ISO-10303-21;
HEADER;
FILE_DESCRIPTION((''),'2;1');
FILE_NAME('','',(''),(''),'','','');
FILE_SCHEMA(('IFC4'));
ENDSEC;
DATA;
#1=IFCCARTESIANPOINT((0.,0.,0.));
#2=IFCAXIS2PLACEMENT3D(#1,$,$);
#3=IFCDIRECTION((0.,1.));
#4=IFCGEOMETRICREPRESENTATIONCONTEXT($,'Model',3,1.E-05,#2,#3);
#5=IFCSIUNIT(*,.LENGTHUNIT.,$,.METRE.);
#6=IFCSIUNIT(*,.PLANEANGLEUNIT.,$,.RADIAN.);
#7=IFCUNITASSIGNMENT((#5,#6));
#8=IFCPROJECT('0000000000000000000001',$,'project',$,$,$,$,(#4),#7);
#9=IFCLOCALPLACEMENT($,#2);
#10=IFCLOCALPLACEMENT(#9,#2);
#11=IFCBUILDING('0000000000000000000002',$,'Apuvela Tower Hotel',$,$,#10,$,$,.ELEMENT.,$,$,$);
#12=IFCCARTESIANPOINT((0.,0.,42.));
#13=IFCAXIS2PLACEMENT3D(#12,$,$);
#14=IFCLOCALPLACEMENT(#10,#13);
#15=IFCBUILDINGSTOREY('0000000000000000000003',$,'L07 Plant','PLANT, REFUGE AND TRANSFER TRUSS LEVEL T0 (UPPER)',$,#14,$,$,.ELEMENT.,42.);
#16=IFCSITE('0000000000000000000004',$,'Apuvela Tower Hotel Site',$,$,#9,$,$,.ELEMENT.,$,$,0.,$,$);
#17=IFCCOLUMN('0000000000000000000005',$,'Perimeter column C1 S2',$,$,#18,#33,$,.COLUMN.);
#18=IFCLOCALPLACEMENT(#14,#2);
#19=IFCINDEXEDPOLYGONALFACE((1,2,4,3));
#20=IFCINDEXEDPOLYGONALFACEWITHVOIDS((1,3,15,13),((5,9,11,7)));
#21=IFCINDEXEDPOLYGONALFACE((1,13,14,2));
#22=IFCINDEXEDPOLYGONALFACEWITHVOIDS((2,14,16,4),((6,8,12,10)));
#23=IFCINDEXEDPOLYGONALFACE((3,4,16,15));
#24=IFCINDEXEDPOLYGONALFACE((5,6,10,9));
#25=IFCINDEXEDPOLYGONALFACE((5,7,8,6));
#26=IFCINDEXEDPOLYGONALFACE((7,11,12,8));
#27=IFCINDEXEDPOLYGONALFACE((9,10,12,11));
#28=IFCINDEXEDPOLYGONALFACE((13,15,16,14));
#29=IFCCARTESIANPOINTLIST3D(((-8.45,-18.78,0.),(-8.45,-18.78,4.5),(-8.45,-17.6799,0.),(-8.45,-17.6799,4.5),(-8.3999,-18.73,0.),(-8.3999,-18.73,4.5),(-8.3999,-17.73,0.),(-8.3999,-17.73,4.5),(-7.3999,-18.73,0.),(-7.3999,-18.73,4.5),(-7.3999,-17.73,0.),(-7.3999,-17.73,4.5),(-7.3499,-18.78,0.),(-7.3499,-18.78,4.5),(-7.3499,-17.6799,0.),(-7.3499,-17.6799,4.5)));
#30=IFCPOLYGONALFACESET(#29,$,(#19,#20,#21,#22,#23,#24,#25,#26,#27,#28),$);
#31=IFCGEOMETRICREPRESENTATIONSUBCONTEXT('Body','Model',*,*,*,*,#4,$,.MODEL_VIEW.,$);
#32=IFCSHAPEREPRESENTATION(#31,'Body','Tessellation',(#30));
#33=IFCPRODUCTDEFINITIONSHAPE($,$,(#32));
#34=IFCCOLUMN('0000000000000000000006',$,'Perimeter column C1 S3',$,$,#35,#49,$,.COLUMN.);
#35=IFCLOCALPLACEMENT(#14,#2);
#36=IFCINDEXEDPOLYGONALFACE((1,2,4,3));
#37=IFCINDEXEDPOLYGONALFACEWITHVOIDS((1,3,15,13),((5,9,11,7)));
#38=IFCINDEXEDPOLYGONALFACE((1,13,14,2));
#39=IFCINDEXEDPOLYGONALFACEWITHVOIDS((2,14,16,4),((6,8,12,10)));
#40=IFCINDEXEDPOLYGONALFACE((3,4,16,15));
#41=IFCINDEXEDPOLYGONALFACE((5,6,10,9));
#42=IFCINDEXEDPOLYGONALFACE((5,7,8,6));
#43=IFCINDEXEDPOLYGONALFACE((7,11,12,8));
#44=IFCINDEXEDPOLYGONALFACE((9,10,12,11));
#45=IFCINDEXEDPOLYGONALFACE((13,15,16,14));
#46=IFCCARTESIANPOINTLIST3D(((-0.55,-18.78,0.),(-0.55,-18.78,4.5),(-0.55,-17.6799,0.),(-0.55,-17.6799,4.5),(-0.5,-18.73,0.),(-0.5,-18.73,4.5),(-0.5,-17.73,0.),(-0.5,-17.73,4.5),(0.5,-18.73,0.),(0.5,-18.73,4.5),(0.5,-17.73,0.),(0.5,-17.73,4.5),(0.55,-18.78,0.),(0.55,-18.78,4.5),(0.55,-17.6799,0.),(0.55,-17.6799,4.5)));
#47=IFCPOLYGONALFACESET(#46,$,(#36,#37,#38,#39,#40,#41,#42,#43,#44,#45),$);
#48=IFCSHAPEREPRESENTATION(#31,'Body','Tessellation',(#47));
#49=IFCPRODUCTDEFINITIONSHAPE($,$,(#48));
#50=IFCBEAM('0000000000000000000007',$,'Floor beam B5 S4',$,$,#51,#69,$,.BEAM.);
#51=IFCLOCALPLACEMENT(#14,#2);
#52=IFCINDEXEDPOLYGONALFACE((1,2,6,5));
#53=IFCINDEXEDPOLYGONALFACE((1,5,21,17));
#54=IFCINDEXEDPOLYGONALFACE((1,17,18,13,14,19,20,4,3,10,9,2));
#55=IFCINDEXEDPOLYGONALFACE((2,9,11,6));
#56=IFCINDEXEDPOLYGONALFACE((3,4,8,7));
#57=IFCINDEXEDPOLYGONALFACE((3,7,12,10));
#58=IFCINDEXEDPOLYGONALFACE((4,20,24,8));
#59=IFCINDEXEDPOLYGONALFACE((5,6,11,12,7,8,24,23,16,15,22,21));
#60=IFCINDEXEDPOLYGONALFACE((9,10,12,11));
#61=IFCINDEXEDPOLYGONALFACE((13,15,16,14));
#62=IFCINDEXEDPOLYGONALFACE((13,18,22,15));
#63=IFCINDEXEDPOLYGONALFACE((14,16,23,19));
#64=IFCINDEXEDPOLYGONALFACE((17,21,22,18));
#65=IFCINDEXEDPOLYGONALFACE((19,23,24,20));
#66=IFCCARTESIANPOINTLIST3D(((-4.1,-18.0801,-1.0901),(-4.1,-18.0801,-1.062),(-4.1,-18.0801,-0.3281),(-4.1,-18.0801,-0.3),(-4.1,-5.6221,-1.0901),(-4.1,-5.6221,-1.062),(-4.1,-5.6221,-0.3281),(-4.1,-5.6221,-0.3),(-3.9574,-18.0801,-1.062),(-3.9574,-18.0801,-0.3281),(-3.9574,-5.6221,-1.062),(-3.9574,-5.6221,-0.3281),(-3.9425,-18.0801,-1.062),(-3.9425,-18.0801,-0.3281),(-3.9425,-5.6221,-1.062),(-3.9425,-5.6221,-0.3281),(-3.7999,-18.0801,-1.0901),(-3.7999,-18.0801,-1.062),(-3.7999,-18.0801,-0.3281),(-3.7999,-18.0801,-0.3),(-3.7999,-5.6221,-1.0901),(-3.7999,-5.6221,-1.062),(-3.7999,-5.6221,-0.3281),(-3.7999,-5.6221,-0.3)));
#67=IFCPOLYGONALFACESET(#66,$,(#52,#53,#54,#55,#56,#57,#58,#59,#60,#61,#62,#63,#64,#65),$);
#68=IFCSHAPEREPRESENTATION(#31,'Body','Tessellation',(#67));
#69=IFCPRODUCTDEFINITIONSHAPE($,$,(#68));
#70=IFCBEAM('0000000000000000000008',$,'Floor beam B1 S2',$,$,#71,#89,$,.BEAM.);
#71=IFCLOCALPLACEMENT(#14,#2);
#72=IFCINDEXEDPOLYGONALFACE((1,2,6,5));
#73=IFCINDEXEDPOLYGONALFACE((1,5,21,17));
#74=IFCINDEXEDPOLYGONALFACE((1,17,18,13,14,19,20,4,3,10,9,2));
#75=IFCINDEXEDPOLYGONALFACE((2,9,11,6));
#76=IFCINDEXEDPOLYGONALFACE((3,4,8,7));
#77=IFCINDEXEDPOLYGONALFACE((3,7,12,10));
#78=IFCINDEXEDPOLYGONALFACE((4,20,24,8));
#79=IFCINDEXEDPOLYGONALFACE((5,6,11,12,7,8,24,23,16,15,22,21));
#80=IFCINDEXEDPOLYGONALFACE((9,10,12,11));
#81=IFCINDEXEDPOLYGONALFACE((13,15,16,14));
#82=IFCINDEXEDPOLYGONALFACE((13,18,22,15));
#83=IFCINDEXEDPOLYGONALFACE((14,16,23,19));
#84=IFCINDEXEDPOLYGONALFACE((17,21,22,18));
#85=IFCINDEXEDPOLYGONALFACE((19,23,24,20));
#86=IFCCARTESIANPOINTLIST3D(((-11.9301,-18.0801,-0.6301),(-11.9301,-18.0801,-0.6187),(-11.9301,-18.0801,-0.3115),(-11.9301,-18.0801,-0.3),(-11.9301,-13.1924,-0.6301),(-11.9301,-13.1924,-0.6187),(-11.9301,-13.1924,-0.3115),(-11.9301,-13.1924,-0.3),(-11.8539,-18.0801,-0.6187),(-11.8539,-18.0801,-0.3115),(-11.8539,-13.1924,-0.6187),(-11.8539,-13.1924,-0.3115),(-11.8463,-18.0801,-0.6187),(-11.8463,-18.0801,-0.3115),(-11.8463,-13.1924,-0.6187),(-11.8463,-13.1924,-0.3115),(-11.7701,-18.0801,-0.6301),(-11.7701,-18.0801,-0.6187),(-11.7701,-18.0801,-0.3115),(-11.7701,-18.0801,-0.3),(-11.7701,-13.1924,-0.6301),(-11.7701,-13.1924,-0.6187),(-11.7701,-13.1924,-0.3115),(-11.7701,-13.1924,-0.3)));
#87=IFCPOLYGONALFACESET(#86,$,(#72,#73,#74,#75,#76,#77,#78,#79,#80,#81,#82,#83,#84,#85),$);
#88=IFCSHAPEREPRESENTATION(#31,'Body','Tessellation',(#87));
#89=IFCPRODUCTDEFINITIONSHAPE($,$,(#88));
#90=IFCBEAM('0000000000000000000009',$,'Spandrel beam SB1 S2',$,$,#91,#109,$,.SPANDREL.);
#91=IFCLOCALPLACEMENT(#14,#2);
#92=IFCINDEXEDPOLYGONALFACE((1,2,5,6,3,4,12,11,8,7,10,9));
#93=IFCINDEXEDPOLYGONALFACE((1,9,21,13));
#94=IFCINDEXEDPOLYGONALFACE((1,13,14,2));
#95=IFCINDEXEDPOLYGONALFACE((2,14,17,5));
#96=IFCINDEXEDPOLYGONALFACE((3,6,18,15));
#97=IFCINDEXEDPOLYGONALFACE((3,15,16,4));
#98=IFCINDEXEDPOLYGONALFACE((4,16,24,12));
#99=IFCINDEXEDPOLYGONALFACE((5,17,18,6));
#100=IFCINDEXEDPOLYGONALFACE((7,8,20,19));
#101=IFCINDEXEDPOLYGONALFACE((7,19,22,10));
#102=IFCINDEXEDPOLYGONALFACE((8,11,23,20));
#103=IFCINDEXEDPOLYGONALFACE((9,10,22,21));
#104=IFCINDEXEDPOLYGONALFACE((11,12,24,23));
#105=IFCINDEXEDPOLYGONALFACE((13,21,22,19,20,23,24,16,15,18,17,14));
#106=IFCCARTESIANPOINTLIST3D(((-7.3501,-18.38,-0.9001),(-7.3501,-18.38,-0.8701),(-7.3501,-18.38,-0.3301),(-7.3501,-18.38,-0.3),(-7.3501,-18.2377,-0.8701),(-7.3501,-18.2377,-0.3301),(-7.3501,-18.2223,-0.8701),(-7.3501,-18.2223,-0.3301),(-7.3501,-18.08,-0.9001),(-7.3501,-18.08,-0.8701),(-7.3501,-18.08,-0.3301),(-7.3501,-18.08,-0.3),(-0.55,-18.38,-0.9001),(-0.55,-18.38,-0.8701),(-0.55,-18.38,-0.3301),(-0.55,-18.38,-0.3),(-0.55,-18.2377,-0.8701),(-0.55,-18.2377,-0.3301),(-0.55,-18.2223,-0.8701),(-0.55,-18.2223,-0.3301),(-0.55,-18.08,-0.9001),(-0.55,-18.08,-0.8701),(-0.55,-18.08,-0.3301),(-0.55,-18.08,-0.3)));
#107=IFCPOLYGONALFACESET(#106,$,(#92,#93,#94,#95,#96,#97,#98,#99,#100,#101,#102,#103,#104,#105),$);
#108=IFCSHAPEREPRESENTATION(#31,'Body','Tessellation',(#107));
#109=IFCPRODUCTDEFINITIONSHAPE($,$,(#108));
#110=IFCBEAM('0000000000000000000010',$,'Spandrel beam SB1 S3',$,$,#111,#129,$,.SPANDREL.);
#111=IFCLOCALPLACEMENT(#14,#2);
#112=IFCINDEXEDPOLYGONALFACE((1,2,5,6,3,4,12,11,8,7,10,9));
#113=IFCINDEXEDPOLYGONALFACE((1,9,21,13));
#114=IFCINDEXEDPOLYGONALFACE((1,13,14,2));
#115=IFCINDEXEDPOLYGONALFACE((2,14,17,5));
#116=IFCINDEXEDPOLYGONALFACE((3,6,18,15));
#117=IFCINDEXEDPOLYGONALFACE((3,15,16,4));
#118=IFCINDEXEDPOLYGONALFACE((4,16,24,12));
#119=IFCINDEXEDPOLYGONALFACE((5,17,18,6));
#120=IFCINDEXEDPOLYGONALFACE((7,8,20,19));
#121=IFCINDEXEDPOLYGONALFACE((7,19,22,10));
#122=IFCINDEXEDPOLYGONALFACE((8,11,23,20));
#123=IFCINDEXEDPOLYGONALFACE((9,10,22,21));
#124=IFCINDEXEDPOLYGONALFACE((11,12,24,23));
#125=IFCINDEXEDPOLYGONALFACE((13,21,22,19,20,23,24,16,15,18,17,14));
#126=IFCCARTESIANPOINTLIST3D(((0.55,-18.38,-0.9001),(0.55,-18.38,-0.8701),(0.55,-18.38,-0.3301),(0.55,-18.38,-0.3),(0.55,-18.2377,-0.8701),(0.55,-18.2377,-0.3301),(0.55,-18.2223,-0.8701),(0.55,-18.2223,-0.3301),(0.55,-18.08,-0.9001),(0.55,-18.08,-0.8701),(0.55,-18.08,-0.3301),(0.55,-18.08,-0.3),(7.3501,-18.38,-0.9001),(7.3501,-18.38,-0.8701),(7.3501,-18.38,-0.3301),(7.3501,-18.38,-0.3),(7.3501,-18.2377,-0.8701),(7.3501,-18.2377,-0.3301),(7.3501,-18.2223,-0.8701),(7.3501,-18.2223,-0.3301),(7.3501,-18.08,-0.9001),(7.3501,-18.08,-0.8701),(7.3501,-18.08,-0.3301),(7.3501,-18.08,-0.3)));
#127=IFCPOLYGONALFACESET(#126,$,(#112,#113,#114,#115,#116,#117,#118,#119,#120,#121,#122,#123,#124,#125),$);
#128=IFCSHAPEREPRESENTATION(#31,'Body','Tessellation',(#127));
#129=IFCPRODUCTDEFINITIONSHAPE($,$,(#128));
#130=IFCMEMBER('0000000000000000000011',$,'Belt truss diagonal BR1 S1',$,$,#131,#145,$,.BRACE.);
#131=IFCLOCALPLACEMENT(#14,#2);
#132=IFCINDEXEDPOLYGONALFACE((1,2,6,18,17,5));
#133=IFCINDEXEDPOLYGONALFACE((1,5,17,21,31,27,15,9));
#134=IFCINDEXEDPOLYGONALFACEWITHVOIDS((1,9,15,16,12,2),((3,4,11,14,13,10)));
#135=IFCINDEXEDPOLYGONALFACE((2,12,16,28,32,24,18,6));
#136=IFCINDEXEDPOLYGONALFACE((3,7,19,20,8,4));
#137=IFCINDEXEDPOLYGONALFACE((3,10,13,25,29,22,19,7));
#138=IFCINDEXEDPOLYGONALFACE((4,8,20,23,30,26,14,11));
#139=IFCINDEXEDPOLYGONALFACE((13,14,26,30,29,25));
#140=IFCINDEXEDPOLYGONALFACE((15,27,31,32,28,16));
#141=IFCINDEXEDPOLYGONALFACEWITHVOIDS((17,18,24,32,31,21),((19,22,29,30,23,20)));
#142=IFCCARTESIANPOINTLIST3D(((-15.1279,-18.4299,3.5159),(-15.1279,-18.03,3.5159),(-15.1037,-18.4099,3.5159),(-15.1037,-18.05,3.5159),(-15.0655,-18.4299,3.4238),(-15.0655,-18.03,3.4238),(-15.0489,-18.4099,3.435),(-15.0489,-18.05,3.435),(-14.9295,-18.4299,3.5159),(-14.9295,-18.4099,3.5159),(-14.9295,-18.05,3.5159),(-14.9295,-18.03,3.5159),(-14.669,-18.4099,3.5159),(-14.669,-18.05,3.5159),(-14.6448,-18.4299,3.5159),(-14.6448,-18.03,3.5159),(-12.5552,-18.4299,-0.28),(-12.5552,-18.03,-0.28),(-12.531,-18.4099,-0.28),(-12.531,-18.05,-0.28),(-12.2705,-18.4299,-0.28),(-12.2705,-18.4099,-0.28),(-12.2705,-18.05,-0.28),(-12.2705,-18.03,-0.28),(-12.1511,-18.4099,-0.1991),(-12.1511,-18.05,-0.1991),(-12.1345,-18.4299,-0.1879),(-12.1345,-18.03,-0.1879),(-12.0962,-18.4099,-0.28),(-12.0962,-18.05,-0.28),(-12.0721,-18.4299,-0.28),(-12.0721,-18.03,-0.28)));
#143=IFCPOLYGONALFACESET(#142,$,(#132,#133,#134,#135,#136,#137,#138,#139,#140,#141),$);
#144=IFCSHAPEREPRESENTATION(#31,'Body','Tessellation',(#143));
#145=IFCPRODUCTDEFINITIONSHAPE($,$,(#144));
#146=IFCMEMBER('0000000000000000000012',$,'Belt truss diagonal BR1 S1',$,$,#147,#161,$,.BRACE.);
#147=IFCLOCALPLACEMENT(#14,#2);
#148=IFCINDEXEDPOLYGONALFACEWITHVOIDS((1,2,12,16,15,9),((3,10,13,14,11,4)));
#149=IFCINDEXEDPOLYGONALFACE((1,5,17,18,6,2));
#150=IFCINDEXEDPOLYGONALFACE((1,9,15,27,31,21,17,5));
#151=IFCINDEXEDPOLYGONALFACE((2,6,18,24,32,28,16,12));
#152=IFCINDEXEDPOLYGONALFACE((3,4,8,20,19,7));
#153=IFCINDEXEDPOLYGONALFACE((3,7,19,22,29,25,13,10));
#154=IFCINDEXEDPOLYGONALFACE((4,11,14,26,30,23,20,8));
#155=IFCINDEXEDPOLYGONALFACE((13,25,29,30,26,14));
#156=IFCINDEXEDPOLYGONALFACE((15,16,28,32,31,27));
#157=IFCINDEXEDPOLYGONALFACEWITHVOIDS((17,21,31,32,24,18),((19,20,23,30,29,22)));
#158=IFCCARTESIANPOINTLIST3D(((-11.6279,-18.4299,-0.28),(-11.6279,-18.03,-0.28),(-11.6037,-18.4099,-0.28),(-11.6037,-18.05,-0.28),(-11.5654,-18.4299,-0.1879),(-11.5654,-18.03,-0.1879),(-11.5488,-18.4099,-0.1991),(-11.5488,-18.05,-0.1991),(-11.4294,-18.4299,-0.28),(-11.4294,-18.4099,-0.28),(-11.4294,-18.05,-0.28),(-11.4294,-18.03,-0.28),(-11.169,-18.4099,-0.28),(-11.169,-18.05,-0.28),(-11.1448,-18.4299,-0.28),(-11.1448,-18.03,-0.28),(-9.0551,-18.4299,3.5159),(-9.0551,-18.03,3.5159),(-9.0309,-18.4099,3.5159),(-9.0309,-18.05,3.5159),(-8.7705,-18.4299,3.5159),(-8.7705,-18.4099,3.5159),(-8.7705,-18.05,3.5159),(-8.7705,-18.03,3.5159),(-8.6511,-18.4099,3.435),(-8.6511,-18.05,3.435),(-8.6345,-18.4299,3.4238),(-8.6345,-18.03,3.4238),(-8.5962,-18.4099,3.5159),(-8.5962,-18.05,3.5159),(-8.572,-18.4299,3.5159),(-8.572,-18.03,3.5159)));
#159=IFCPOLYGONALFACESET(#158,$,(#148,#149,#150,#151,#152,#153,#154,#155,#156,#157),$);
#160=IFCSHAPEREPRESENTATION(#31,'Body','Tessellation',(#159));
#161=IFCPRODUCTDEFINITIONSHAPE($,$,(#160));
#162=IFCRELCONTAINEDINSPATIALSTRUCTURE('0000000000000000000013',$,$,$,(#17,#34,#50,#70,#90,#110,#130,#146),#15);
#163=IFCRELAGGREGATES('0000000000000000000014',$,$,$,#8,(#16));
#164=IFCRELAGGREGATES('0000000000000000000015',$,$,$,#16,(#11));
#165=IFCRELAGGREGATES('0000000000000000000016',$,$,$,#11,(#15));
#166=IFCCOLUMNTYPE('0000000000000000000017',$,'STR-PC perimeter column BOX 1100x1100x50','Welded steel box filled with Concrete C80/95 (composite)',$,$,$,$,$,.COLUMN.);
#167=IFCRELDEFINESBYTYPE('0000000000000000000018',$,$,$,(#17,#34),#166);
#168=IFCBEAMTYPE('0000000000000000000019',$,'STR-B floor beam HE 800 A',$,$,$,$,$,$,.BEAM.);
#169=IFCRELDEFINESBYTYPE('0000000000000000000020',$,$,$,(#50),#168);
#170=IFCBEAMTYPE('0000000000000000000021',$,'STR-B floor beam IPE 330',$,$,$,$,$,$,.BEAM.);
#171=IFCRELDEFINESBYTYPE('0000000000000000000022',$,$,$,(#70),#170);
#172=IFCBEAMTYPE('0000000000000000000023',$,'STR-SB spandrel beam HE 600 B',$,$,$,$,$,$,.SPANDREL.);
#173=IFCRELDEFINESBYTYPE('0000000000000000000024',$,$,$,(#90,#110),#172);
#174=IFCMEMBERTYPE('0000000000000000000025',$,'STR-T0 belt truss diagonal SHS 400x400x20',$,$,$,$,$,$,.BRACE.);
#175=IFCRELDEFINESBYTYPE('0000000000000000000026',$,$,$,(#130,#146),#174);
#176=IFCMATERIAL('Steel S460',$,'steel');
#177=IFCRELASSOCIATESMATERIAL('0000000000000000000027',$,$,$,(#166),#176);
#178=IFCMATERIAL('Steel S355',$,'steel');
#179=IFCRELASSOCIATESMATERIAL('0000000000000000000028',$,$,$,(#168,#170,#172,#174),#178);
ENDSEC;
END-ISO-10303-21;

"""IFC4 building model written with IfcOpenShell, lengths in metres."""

from ifc_helpers import new_model, si_unit, direction, frame, origin, origin_2d, place, context, subcontext, project, spatial, rectangle, hollow_rectangle, i_section, extrude, boolean, halfspace, material, material_profile, profile_set, type_object, element, save


model = new_model("IFC4")

# Units and contexts
model_context = context("Model", 3, precision=1e-05, world=origin(), true_north=direction((0.0, 1.0)))
body_context = subcontext(model_context, "Body", "Model", "MODEL_VIEW")
ifc_project = project(units=[si_unit("LENGTHUNIT", "METRE"), si_unit("PLANEANGLEUNIT", "RADIAN")], contexts=[model_context])

# Site, building, storey
site_placement = place(None, origin())
site = spatial("IfcSite", under=ifc_project, at=site_placement, Name="Apuvela Tower Hotel Site", CompositionType="ELEMENT", RefElevation=0.0)
building_placement = place(site_placement, origin())
building = spatial("IfcBuilding", under=site, at=building_placement, Name="Apuvela Tower Hotel", CompositionType="ELEMENT")
storey_placement = place(building_placement, frame((0.0, 0.0, 42.0)))
storey = spatial("IfcBuildingStorey", under=building, at=storey_placement, Name="L07 Plant", Description="PLANT, REFUGE AND TRANSFER TRUSS LEVEL T0 (UPPER)", CompositionType="ELEMENT", Elevation=42.0)

# Columns
ifc_material_1 = material(Name="Steel S460", Category="steel")
ifc_material_profile_1 = material_profile(ifc_material_1, hollow_rectangle(XDim=1.1001, YDim=1.1001, WallThickness=0.05, at=origin_2d()), Name="BOX 1100x1100x50")
ifc_material_2 = material(Name="Concrete C80/95", Category="concrete")
ifc_material_profile_2 = material_profile(ifc_material_2, rectangle(XDim=1.0, YDim=1.0, at=origin_2d()), Name="Concrete C80/95 infill")
ifc_profile_set_1 = profile_set([ifc_material_profile_1, ifc_material_profile_2], Name="Steel S460")
column_type = type_object("IfcColumnType", Name="STR-PC perimeter column BOX 1100x1100x50", Description="Welded steel box filled with Concrete C80/95 (composite)", PredefinedType="COLUMN", material=ifc_profile_set_1)
for number, where, z_axis, x_axis, name in (
    (1, (-7.8999, -18.23, 0.0), (0.0, 0.0, 1.0), (-1.0, 0.0, 0.0), "Perimeter column C1 S2"),
    (2, (0.0, -18.23, 0.0), (0.0, 0.0, 1.0), (-1.0, 0.0, 0.0), "Perimeter column C1 S3"),
):
    element("IfcColumn", number, at=place(storey_placement, frame(where, z_axis=z_axis, x_axis=x_axis)), inside=storey, type_object=column_type, Name=name, PredefinedType="COLUMN", context=body_context, shape_type="SweptSolid", body=[
        extrude(hollow_rectangle(XDim=1.1001, YDim=1.1001, WallThickness=0.05, at=origin_2d()), origin(), (0.0, 0.0, 1.0), 4.5),
    ])

# Beams
ifc_material_3 = material(Name="Steel S355", Category="steel")
ifc_material_profile_3 = material_profile(ifc_material_3, i_section(OverallWidth=0.3, OverallDepth=0.79, WebThickness=0.0149, FlangeThickness=0.0281, at=origin_2d()), Name="HE 800 A")
ifc_profile_set_2 = profile_set([ifc_material_profile_3], Name="Steel S355")
beam_type_1 = type_object("IfcBeamType", Name="STR-B floor beam HE 800 A", PredefinedType="BEAM", material=ifc_profile_set_2)
beam_1_placement = place(storey_placement, frame((-3.95, -18.0801, -0.6951), z_axis=(0.0, 1.0, 0.0), x_axis=(-1.0, 0.0, 0.0)))
element("IfcBeam", 3, at=beam_1_placement, inside=storey, type_object=beam_type_1, Name="Floor beam B5 S4", PredefinedType="BEAM", context=body_context, shape_type="SweptSolid", body=[
    extrude(i_section(OverallWidth=0.3, OverallDepth=0.79, WebThickness=0.0149, FlangeThickness=0.0281, at=origin_2d()), origin(), (0.0, 0.0, 1.0), 12.458),
])
ifc_material_profile_4 = material_profile(ifc_material_3, i_section(OverallWidth=0.1599, OverallDepth=0.3301, WebThickness=0.0076, FlangeThickness=0.0115, at=origin_2d()), Name="IPE 330")
ifc_profile_set_3 = profile_set([ifc_material_profile_4], Name="Steel S355")
beam_type_2 = type_object("IfcBeamType", Name="STR-B floor beam IPE 330", PredefinedType="BEAM", material=ifc_profile_set_3)
beam_2_placement = place(storey_placement, frame((-11.8501, -18.0801, -0.4651), z_axis=(0.0, 1.0, 0.0), x_axis=(-1.0, 0.0, 0.0)))
element("IfcBeam", 4, at=beam_2_placement, inside=storey, type_object=beam_type_2, Name="Floor beam B1 S2", PredefinedType="BEAM", context=body_context, shape_type="SweptSolid", body=[
    extrude(i_section(OverallWidth=0.1599, OverallDepth=0.3301, WebThickness=0.0076, FlangeThickness=0.0115, at=origin_2d()), origin(), (0.0, 0.0, 1.0), 4.8877),
])
ifc_material_profile_5 = material_profile(ifc_material_3, i_section(OverallWidth=0.3, OverallDepth=0.6001, WebThickness=0.0154, FlangeThickness=0.03, at=origin_2d()), Name="HE 600 B")
ifc_profile_set_4 = profile_set([ifc_material_profile_5], Name="Steel S355")
beam_type_3 = type_object("IfcBeamType", Name="STR-SB spandrel beam HE 600 B", PredefinedType="SPANDREL", material=ifc_profile_set_4)
for number, where, z_axis, x_axis, name in (
    (5, (-7.3501, -18.23, -0.6001), (1.0, 0.0, 0.0), (0.0, 1.0, 0.0), "Spandrel beam SB1 S2"),
    (6, (0.55, -18.23, -0.6001), (1.0, 0.0, 0.0), (0.0, 1.0, 0.0), "Spandrel beam SB1 S3"),
):
    element("IfcBeam", number, at=place(storey_placement, frame(where, z_axis=z_axis, x_axis=x_axis)), inside=storey, type_object=beam_type_3, Name=name, PredefinedType="SPANDREL", context=body_context, shape_type="SweptSolid", body=[
        extrude(i_section(OverallWidth=0.3, OverallDepth=0.6001, WebThickness=0.0154, FlangeThickness=0.03, at=origin_2d()), origin(), (0.0, 0.0, 1.0), 6.8),
    ])

# Members
ifc_material_profile_6 = material_profile(ifc_material_3, hollow_rectangle(XDim=0.3999, YDim=0.3999, WallThickness=0.02, at=origin_2d()), Name="SHS 400x400x20")
ifc_profile_set_5 = profile_set([ifc_material_profile_6], Name="Steel S355")
member_type = type_object("IfcMemberType", Name="STR-T0 belt truss diagonal SHS 400x400x20", PredefinedType="BRACE", material=ifc_profile_set_5)
member_1_placement = place(storey_placement, frame((-12.3, -18.23, -0.3), z_axis=(-0.561043, 0.0, 0.827787), x_axis=(0.827787, 0.0, 0.561043)))
solid_1 = boolean("DIFFERENCE", boolean("DIFFERENCE", extrude(hollow_rectangle(XDim=0.3999, YDim=0.3999, WallThickness=0.02, at=origin_2d()), frame((0.0, 0.0, -0.2556)), (0.0, 0.0, 1.0), 5.1453), halfspace(frame((0.0, 0.0, 0.0242), z_axis=(0.561043, 0.0, 0.827787), x_axis=(0.827787, 0.0, -0.561043)), True)), halfspace(frame((0.0, 0.0, 4.6099), z_axis=(0.561043, 0.0, 0.827787), x_axis=(0.827787, 0.0, -0.561043)), False))
element("IfcMember", 7, at=member_1_placement, inside=storey, type_object=member_type, Name="Belt truss diagonal BR1 S1", PredefinedType="BRACE", context=body_context, shape_type="SweptSolid", body=[
    boolean("UNION", boolean("DIFFERENCE", boolean("DIFFERENCE", extrude(hollow_rectangle(XDim=0.3999, YDim=0.3999, WallThickness=0.02, at=origin_2d()), origin(), (0.0, 0.0, 1.0), 4.634), halfspace(frame((0.0, 0.0, 0.0242), z_axis=(0.561043, 0.0, 0.827787), x_axis=(0.827787, 0.0, -0.561043)), True)), halfspace(frame((0.0, 0.0, 4.6099), z_axis=(0.561043, 0.0, 0.827787), x_axis=(0.827787, 0.0, -0.561043)), False)), solid_1),
])
member_2_placement = place(storey_placement, frame((-11.3999, -18.23, -0.3), z_axis=(0.561043, 0.0, 0.827787), x_axis=(-0.827787, 0.0, 0.561043)))
solid_2 = boolean("DIFFERENCE", boolean("DIFFERENCE", extrude(hollow_rectangle(XDim=0.3999, YDim=0.3999, WallThickness=0.02, at=origin_2d()), frame((0.0, 0.0, -0.2556)), (0.0, 0.0, 1.0), 5.1453), halfspace(frame((0.0, 0.0, 0.0242), z_axis=(0.561043, 0.0, 0.827787), x_axis=(0.827787, 0.0, -0.561043)), True)), halfspace(frame((0.0, 0.0, 4.6099), z_axis=(0.561043, 0.0, 0.827787), x_axis=(0.827787, 0.0, -0.561043)), False))
element("IfcMember", 8, at=member_2_placement, inside=storey, type_object=member_type, Name="Belt truss diagonal BR1 S1", PredefinedType="BRACE", context=body_context, shape_type="SweptSolid", body=[
    boolean("UNION", boolean("DIFFERENCE", boolean("DIFFERENCE", extrude(hollow_rectangle(XDim=0.3999, YDim=0.3999, WallThickness=0.02, at=origin_2d()), origin(), (0.0, 0.0, 1.0), 4.634), halfspace(frame((0.0, 0.0, 0.0242), z_axis=(0.561043, 0.0, 0.827787), x_axis=(0.827787, 0.0, -0.561043)), True)), halfspace(frame((0.0, 0.0, 4.6099), z_axis=(0.561043, 0.0, 0.827787), x_axis=(0.827787, 0.0, -0.561043)), False)), solid_2),
])

save(model, "model.ifc")
